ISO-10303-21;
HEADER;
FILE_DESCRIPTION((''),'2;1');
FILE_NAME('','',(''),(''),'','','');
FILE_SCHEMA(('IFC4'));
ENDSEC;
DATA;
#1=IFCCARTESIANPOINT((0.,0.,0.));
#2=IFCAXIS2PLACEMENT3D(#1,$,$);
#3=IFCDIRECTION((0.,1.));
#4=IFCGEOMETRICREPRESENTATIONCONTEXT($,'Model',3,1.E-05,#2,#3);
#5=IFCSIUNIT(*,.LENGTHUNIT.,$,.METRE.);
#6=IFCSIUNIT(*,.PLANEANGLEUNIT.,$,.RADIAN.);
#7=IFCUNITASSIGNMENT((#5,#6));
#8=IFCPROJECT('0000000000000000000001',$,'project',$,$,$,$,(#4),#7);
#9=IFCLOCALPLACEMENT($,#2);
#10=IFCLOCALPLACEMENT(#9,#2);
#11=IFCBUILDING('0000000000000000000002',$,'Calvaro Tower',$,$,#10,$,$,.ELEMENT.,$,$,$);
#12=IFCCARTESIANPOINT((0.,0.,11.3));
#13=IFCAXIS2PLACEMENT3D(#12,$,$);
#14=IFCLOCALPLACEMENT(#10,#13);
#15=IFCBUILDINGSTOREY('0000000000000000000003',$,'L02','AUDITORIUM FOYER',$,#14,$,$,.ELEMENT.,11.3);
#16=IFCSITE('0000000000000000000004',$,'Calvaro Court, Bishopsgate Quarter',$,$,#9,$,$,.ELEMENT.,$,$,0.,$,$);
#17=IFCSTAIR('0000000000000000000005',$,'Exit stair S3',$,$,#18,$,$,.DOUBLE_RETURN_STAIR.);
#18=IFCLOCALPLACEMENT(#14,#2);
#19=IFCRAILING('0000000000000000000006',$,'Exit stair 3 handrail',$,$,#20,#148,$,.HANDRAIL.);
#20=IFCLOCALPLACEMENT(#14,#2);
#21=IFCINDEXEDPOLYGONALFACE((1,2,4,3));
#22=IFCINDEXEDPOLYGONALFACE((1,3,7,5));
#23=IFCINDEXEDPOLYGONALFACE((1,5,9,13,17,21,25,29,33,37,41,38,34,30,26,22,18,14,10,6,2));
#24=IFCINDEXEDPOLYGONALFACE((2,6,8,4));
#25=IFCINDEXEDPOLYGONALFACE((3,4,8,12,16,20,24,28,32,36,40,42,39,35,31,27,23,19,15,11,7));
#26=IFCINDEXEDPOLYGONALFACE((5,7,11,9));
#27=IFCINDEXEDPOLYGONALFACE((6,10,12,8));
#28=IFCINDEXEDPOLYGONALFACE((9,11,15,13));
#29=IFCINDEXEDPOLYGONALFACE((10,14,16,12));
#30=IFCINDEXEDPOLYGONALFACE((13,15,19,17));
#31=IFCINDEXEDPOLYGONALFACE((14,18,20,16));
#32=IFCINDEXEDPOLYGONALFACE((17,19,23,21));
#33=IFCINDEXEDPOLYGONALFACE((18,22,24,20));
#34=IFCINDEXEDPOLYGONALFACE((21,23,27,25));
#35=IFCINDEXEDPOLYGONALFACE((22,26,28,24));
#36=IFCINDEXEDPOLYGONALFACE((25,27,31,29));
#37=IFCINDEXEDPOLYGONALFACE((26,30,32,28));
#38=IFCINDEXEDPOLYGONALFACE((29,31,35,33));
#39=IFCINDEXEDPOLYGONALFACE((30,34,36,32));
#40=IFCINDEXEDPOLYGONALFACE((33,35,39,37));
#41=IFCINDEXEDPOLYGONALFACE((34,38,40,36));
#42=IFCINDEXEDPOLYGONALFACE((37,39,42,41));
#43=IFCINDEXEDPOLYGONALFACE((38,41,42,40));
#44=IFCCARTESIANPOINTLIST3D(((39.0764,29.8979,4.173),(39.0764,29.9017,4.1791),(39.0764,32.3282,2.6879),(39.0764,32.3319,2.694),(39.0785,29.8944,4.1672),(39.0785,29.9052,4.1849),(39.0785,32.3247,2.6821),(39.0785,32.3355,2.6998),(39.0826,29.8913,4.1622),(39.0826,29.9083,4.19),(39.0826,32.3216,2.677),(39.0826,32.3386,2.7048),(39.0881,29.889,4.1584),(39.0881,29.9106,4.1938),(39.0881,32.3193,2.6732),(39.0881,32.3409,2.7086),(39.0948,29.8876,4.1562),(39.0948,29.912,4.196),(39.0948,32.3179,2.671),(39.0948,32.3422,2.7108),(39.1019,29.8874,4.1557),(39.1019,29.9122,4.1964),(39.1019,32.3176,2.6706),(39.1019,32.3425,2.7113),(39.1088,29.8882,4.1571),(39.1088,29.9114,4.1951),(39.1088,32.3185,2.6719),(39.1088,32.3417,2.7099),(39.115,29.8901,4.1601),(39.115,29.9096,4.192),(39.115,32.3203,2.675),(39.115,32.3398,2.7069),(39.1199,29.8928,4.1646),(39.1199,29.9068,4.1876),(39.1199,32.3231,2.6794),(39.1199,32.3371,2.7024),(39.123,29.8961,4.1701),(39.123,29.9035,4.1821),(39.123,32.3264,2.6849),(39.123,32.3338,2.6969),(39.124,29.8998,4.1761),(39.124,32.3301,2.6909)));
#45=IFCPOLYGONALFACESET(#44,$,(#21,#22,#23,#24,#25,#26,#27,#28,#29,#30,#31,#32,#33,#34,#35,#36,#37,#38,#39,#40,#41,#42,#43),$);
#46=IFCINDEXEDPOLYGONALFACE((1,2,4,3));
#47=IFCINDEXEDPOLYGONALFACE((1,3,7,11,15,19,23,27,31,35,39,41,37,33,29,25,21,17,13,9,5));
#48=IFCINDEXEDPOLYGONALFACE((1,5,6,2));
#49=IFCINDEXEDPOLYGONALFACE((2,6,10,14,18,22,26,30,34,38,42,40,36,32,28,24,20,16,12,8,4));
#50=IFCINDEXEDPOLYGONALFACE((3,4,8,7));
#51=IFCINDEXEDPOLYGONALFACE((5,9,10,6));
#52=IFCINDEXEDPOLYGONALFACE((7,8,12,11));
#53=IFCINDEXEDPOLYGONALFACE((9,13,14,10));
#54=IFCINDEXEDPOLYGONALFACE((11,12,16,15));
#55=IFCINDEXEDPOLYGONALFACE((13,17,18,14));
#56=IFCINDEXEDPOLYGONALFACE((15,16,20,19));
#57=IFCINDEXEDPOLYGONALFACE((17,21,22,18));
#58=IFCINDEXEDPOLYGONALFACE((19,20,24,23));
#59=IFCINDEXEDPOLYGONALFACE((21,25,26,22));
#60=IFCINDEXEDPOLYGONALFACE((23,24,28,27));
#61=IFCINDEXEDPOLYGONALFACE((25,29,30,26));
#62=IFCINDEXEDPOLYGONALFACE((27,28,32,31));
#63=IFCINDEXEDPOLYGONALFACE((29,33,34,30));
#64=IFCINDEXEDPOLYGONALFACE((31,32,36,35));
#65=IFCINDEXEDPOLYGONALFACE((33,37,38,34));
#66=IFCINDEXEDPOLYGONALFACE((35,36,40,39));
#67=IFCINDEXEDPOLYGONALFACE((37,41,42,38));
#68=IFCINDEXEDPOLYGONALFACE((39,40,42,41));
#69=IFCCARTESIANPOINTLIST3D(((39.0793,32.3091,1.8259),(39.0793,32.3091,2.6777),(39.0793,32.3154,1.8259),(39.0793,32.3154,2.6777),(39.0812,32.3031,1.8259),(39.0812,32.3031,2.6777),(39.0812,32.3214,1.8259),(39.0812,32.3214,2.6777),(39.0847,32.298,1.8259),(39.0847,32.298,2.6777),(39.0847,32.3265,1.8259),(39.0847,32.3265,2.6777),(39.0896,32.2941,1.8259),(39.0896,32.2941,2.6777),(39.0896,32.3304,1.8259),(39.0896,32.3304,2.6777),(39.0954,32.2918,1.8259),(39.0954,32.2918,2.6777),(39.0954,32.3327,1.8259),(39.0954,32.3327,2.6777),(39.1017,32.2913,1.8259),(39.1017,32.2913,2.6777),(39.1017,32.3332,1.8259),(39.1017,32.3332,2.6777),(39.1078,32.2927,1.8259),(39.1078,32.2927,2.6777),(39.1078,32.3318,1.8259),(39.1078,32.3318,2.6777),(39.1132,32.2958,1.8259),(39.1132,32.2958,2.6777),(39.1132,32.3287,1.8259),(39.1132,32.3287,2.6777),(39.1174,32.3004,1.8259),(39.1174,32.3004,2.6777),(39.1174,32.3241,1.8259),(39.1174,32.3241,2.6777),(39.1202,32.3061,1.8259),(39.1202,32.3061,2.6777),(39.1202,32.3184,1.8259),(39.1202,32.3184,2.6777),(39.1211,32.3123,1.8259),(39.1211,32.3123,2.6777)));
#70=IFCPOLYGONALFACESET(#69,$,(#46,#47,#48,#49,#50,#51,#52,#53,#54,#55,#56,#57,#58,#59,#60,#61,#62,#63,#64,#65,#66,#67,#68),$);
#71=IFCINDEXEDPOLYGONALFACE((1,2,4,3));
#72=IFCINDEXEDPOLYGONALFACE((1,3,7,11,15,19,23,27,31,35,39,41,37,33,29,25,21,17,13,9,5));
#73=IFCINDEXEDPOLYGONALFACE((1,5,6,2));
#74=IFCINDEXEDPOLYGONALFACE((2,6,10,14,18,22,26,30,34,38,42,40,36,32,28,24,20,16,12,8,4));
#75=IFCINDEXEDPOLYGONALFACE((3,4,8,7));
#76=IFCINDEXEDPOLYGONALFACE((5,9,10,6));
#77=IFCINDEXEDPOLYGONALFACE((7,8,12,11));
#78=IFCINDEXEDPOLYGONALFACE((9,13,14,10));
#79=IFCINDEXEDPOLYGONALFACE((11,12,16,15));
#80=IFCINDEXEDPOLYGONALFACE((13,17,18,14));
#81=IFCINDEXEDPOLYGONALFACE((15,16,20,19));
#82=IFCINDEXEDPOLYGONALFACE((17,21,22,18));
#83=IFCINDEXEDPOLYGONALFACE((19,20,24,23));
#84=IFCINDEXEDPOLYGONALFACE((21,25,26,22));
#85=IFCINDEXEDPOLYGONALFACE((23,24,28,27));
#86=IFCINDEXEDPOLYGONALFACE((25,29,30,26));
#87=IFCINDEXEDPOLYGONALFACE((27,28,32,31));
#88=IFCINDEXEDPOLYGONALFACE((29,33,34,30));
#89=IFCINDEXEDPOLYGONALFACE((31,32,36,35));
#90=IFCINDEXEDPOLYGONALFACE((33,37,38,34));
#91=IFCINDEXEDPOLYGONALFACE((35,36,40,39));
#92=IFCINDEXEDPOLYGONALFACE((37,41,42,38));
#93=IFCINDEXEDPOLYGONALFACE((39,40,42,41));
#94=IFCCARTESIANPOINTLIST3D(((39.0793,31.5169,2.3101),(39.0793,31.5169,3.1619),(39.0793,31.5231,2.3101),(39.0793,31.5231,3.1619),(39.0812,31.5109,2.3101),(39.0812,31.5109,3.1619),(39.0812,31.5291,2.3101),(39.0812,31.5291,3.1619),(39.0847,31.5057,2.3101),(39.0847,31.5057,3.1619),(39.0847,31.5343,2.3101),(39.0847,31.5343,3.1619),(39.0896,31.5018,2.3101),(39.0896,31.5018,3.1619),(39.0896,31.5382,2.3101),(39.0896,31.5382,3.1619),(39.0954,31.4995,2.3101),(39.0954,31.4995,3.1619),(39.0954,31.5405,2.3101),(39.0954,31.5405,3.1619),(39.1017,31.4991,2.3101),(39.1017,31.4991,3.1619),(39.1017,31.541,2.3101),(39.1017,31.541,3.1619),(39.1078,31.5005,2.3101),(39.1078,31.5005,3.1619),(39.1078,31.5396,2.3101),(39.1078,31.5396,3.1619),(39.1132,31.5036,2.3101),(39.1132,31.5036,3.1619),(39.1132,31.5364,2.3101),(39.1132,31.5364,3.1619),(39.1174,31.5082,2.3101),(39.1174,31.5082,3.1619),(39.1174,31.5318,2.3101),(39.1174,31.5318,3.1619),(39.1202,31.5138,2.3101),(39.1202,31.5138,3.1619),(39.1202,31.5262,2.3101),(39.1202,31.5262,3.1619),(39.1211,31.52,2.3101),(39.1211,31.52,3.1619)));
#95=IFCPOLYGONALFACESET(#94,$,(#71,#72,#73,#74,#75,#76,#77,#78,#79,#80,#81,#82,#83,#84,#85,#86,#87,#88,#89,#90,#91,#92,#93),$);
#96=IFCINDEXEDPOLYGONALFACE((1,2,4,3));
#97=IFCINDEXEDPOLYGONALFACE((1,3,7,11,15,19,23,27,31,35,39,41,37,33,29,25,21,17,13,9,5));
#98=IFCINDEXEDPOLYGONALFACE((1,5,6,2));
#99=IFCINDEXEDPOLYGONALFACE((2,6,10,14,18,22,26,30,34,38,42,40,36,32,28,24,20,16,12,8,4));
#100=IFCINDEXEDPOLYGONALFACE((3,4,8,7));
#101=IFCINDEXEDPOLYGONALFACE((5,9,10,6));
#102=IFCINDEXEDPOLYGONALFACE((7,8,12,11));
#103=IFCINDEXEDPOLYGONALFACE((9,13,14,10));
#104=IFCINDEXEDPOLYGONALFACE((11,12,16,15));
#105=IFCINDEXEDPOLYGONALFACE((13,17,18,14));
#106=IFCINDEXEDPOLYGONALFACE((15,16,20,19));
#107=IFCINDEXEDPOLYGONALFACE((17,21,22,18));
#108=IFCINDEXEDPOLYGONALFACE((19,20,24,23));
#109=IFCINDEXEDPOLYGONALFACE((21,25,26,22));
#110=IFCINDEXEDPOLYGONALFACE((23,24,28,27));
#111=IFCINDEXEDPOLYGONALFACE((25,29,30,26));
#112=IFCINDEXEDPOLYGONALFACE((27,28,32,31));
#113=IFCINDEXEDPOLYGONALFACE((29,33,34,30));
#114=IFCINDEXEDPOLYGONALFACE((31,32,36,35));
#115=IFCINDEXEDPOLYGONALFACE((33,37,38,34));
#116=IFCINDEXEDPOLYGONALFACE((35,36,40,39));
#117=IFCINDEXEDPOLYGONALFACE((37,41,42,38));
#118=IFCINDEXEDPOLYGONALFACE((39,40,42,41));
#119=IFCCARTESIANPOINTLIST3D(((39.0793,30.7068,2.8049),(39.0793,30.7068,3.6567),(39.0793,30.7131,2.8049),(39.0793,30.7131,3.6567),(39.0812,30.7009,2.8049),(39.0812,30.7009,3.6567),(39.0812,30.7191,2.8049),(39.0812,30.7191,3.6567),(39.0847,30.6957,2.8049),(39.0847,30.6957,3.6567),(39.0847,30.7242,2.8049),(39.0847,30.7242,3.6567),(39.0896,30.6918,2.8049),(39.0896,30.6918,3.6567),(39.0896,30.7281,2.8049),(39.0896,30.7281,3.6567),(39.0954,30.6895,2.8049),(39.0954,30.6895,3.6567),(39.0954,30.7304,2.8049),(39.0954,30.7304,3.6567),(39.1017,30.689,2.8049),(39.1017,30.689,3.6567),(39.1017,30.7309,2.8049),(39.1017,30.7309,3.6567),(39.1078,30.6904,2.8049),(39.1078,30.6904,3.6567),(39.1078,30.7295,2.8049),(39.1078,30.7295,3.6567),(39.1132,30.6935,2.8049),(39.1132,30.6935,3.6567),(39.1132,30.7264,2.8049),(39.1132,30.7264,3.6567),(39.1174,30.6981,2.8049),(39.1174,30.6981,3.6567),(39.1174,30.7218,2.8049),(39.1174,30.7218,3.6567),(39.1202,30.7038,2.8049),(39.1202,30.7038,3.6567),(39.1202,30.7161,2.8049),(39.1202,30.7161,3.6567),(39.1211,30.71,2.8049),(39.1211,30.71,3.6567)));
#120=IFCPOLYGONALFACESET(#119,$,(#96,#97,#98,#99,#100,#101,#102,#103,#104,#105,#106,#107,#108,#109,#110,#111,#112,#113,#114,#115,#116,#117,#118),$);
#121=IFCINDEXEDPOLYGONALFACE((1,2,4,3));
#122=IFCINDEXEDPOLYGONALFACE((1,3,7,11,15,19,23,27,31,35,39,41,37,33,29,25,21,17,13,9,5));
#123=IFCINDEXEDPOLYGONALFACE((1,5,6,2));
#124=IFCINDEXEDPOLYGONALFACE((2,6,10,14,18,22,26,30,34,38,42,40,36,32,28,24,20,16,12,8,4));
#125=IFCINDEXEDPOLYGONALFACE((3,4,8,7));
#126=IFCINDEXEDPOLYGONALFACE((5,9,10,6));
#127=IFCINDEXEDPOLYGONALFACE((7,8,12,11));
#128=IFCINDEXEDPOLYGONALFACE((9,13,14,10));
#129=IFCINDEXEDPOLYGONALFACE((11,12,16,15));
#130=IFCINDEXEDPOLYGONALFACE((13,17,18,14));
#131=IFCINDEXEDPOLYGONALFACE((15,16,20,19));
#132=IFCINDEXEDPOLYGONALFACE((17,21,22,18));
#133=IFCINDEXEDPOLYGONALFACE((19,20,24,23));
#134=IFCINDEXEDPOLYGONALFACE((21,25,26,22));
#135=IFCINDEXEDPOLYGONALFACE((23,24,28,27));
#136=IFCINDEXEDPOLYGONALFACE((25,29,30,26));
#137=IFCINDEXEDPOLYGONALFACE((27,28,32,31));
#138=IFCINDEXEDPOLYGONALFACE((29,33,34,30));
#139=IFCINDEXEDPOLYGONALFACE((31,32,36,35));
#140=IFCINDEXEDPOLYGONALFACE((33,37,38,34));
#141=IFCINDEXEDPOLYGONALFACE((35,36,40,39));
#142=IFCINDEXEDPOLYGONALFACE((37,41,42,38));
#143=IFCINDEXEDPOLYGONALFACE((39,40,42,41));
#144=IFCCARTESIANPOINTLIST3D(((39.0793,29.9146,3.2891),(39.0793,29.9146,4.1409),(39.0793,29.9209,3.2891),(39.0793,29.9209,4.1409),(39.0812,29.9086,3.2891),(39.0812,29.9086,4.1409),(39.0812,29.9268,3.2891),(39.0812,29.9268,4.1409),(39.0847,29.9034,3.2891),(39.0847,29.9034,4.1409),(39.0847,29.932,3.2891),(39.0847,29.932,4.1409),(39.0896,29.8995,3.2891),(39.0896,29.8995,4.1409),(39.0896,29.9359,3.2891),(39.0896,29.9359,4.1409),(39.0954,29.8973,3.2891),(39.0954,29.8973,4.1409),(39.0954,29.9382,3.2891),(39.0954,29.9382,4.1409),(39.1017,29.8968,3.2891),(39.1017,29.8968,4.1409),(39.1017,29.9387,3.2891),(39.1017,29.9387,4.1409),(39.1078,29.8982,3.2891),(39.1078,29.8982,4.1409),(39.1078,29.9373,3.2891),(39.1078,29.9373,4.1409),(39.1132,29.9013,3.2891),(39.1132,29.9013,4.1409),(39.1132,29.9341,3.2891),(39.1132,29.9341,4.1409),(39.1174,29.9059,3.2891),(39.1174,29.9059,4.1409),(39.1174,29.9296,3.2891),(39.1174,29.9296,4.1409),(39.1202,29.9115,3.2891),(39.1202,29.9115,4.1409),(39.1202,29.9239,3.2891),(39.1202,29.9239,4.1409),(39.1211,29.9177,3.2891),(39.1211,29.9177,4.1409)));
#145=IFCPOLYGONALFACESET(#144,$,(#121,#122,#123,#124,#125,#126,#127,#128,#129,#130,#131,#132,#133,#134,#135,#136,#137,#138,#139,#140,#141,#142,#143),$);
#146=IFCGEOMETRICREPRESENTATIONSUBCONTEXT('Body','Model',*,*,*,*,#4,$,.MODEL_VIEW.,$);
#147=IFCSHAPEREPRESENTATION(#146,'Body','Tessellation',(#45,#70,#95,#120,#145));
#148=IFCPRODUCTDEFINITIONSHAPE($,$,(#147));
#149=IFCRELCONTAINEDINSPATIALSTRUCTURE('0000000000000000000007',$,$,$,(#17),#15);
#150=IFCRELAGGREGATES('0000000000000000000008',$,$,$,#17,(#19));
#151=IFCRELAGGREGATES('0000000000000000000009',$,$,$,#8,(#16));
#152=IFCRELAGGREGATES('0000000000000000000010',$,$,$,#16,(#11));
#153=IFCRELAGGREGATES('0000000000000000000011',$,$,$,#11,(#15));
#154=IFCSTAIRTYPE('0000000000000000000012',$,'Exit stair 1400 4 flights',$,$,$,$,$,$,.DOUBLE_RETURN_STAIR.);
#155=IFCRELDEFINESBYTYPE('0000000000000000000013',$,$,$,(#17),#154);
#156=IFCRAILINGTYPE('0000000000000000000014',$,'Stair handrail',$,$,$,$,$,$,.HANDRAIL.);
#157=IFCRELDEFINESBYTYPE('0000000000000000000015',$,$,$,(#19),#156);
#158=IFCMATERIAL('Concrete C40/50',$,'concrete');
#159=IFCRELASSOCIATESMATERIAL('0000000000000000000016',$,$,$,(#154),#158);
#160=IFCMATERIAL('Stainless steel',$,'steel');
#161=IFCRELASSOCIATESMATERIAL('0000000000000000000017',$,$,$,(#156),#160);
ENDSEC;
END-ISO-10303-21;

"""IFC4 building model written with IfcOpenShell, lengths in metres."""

from ifc_helpers import new_model, si_unit, direction, frame, origin, origin_2d, place, context, subcontext, project, spatial, circle, extrude, material, type_object, element, aggregate, save


model = new_model("IFC4")

# Units and contexts
model_context = context("Model", 3, precision=1e-05, world=origin(), true_north=direction((0.0, 1.0)))
body_context = subcontext(model_context, "Body", "Model", "MODEL_VIEW")
ifc_project = project(units=[si_unit("LENGTHUNIT", "METRE"), si_unit("PLANEANGLEUNIT", "RADIAN")], contexts=[model_context])

# Site, building, storey
site_placement = place(None, origin())
site = spatial("IfcSite", under=ifc_project, at=site_placement, Name="Calvaro Court, Bishopsgate Quarter", CompositionType="ELEMENT", RefElevation=0.0)
building_placement = place(site_placement, origin())
building = spatial("IfcBuilding", under=site, at=building_placement, Name="Calvaro Tower", CompositionType="ELEMENT")
storey_placement = place(building_placement, frame((0.0, 0.0, 11.3)))
storey = spatial("IfcBuildingStorey", under=building, at=storey_placement, Name="L02", Description="AUDITORIUM FOYER", CompositionType="ELEMENT", Elevation=11.3)

# Stair, railing
ifc_material_1 = material(Name="Concrete C40/50", Category="concrete")
stair_type = type_object("IfcStairType", Name="Exit stair 1400 4 flights", PredefinedType="DOUBLE_RETURN_STAIR", material=ifc_material_1)
stair_placement = place(storey_placement, origin())
stair = element("IfcStair", 1, at=stair_placement, inside=storey, type_object=stair_type, Name="Exit stair S3", PredefinedType="DOUBLE_RETURN_STAIR")
ifc_material_2 = material(Name="Stainless steel", Category="steel")
railing_type = type_object("IfcRailingType", Name="Stair handrail", PredefinedType="HANDRAIL", material=ifc_material_2)
railing_1_placement = place(storey_placement, frame((39.1001, 32.3301, 1.8149)))
railing_1 = element("IfcRailing", 2, at=railing_1_placement, type_object=railing_type, Name="Exit stair 3 handrail", PredefinedType="HANDRAIL", context=body_context, shape_type="SweptSolid", body=[
    extrude(circle(Radius=0.0239, at=origin_2d()), frame((0.0, 0.0, 0.876), z_axis=(0.0, -0.853282, 0.52145), x_axis=(1.0, 0.0, 0.0)), (0.0, 0.0, 1.0), 2.8481),
    extrude(circle(Radius=0.021, at=origin_2d()), frame((0.0, -0.0178, 0.011)), (0.0, 0.0, 1.0), 0.8518),
    extrude(circle(Radius=0.021, at=origin_2d()), frame((0.0, -0.8101, 0.4951)), (0.0, 0.0, 1.0), 0.8518),
    extrude(circle(Radius=0.021, at=origin_2d()), frame((0.0, -1.6201, 0.99)), (0.0, 0.0, 1.0), 0.8518),
    extrude(circle(Radius=0.021, at=origin_2d()), frame((0.0, -2.4124, 1.4741)), (0.0, 0.0, 1.0), 0.8518),
])
aggregate(stair, [railing_1])

save(model, "model.ifc")
